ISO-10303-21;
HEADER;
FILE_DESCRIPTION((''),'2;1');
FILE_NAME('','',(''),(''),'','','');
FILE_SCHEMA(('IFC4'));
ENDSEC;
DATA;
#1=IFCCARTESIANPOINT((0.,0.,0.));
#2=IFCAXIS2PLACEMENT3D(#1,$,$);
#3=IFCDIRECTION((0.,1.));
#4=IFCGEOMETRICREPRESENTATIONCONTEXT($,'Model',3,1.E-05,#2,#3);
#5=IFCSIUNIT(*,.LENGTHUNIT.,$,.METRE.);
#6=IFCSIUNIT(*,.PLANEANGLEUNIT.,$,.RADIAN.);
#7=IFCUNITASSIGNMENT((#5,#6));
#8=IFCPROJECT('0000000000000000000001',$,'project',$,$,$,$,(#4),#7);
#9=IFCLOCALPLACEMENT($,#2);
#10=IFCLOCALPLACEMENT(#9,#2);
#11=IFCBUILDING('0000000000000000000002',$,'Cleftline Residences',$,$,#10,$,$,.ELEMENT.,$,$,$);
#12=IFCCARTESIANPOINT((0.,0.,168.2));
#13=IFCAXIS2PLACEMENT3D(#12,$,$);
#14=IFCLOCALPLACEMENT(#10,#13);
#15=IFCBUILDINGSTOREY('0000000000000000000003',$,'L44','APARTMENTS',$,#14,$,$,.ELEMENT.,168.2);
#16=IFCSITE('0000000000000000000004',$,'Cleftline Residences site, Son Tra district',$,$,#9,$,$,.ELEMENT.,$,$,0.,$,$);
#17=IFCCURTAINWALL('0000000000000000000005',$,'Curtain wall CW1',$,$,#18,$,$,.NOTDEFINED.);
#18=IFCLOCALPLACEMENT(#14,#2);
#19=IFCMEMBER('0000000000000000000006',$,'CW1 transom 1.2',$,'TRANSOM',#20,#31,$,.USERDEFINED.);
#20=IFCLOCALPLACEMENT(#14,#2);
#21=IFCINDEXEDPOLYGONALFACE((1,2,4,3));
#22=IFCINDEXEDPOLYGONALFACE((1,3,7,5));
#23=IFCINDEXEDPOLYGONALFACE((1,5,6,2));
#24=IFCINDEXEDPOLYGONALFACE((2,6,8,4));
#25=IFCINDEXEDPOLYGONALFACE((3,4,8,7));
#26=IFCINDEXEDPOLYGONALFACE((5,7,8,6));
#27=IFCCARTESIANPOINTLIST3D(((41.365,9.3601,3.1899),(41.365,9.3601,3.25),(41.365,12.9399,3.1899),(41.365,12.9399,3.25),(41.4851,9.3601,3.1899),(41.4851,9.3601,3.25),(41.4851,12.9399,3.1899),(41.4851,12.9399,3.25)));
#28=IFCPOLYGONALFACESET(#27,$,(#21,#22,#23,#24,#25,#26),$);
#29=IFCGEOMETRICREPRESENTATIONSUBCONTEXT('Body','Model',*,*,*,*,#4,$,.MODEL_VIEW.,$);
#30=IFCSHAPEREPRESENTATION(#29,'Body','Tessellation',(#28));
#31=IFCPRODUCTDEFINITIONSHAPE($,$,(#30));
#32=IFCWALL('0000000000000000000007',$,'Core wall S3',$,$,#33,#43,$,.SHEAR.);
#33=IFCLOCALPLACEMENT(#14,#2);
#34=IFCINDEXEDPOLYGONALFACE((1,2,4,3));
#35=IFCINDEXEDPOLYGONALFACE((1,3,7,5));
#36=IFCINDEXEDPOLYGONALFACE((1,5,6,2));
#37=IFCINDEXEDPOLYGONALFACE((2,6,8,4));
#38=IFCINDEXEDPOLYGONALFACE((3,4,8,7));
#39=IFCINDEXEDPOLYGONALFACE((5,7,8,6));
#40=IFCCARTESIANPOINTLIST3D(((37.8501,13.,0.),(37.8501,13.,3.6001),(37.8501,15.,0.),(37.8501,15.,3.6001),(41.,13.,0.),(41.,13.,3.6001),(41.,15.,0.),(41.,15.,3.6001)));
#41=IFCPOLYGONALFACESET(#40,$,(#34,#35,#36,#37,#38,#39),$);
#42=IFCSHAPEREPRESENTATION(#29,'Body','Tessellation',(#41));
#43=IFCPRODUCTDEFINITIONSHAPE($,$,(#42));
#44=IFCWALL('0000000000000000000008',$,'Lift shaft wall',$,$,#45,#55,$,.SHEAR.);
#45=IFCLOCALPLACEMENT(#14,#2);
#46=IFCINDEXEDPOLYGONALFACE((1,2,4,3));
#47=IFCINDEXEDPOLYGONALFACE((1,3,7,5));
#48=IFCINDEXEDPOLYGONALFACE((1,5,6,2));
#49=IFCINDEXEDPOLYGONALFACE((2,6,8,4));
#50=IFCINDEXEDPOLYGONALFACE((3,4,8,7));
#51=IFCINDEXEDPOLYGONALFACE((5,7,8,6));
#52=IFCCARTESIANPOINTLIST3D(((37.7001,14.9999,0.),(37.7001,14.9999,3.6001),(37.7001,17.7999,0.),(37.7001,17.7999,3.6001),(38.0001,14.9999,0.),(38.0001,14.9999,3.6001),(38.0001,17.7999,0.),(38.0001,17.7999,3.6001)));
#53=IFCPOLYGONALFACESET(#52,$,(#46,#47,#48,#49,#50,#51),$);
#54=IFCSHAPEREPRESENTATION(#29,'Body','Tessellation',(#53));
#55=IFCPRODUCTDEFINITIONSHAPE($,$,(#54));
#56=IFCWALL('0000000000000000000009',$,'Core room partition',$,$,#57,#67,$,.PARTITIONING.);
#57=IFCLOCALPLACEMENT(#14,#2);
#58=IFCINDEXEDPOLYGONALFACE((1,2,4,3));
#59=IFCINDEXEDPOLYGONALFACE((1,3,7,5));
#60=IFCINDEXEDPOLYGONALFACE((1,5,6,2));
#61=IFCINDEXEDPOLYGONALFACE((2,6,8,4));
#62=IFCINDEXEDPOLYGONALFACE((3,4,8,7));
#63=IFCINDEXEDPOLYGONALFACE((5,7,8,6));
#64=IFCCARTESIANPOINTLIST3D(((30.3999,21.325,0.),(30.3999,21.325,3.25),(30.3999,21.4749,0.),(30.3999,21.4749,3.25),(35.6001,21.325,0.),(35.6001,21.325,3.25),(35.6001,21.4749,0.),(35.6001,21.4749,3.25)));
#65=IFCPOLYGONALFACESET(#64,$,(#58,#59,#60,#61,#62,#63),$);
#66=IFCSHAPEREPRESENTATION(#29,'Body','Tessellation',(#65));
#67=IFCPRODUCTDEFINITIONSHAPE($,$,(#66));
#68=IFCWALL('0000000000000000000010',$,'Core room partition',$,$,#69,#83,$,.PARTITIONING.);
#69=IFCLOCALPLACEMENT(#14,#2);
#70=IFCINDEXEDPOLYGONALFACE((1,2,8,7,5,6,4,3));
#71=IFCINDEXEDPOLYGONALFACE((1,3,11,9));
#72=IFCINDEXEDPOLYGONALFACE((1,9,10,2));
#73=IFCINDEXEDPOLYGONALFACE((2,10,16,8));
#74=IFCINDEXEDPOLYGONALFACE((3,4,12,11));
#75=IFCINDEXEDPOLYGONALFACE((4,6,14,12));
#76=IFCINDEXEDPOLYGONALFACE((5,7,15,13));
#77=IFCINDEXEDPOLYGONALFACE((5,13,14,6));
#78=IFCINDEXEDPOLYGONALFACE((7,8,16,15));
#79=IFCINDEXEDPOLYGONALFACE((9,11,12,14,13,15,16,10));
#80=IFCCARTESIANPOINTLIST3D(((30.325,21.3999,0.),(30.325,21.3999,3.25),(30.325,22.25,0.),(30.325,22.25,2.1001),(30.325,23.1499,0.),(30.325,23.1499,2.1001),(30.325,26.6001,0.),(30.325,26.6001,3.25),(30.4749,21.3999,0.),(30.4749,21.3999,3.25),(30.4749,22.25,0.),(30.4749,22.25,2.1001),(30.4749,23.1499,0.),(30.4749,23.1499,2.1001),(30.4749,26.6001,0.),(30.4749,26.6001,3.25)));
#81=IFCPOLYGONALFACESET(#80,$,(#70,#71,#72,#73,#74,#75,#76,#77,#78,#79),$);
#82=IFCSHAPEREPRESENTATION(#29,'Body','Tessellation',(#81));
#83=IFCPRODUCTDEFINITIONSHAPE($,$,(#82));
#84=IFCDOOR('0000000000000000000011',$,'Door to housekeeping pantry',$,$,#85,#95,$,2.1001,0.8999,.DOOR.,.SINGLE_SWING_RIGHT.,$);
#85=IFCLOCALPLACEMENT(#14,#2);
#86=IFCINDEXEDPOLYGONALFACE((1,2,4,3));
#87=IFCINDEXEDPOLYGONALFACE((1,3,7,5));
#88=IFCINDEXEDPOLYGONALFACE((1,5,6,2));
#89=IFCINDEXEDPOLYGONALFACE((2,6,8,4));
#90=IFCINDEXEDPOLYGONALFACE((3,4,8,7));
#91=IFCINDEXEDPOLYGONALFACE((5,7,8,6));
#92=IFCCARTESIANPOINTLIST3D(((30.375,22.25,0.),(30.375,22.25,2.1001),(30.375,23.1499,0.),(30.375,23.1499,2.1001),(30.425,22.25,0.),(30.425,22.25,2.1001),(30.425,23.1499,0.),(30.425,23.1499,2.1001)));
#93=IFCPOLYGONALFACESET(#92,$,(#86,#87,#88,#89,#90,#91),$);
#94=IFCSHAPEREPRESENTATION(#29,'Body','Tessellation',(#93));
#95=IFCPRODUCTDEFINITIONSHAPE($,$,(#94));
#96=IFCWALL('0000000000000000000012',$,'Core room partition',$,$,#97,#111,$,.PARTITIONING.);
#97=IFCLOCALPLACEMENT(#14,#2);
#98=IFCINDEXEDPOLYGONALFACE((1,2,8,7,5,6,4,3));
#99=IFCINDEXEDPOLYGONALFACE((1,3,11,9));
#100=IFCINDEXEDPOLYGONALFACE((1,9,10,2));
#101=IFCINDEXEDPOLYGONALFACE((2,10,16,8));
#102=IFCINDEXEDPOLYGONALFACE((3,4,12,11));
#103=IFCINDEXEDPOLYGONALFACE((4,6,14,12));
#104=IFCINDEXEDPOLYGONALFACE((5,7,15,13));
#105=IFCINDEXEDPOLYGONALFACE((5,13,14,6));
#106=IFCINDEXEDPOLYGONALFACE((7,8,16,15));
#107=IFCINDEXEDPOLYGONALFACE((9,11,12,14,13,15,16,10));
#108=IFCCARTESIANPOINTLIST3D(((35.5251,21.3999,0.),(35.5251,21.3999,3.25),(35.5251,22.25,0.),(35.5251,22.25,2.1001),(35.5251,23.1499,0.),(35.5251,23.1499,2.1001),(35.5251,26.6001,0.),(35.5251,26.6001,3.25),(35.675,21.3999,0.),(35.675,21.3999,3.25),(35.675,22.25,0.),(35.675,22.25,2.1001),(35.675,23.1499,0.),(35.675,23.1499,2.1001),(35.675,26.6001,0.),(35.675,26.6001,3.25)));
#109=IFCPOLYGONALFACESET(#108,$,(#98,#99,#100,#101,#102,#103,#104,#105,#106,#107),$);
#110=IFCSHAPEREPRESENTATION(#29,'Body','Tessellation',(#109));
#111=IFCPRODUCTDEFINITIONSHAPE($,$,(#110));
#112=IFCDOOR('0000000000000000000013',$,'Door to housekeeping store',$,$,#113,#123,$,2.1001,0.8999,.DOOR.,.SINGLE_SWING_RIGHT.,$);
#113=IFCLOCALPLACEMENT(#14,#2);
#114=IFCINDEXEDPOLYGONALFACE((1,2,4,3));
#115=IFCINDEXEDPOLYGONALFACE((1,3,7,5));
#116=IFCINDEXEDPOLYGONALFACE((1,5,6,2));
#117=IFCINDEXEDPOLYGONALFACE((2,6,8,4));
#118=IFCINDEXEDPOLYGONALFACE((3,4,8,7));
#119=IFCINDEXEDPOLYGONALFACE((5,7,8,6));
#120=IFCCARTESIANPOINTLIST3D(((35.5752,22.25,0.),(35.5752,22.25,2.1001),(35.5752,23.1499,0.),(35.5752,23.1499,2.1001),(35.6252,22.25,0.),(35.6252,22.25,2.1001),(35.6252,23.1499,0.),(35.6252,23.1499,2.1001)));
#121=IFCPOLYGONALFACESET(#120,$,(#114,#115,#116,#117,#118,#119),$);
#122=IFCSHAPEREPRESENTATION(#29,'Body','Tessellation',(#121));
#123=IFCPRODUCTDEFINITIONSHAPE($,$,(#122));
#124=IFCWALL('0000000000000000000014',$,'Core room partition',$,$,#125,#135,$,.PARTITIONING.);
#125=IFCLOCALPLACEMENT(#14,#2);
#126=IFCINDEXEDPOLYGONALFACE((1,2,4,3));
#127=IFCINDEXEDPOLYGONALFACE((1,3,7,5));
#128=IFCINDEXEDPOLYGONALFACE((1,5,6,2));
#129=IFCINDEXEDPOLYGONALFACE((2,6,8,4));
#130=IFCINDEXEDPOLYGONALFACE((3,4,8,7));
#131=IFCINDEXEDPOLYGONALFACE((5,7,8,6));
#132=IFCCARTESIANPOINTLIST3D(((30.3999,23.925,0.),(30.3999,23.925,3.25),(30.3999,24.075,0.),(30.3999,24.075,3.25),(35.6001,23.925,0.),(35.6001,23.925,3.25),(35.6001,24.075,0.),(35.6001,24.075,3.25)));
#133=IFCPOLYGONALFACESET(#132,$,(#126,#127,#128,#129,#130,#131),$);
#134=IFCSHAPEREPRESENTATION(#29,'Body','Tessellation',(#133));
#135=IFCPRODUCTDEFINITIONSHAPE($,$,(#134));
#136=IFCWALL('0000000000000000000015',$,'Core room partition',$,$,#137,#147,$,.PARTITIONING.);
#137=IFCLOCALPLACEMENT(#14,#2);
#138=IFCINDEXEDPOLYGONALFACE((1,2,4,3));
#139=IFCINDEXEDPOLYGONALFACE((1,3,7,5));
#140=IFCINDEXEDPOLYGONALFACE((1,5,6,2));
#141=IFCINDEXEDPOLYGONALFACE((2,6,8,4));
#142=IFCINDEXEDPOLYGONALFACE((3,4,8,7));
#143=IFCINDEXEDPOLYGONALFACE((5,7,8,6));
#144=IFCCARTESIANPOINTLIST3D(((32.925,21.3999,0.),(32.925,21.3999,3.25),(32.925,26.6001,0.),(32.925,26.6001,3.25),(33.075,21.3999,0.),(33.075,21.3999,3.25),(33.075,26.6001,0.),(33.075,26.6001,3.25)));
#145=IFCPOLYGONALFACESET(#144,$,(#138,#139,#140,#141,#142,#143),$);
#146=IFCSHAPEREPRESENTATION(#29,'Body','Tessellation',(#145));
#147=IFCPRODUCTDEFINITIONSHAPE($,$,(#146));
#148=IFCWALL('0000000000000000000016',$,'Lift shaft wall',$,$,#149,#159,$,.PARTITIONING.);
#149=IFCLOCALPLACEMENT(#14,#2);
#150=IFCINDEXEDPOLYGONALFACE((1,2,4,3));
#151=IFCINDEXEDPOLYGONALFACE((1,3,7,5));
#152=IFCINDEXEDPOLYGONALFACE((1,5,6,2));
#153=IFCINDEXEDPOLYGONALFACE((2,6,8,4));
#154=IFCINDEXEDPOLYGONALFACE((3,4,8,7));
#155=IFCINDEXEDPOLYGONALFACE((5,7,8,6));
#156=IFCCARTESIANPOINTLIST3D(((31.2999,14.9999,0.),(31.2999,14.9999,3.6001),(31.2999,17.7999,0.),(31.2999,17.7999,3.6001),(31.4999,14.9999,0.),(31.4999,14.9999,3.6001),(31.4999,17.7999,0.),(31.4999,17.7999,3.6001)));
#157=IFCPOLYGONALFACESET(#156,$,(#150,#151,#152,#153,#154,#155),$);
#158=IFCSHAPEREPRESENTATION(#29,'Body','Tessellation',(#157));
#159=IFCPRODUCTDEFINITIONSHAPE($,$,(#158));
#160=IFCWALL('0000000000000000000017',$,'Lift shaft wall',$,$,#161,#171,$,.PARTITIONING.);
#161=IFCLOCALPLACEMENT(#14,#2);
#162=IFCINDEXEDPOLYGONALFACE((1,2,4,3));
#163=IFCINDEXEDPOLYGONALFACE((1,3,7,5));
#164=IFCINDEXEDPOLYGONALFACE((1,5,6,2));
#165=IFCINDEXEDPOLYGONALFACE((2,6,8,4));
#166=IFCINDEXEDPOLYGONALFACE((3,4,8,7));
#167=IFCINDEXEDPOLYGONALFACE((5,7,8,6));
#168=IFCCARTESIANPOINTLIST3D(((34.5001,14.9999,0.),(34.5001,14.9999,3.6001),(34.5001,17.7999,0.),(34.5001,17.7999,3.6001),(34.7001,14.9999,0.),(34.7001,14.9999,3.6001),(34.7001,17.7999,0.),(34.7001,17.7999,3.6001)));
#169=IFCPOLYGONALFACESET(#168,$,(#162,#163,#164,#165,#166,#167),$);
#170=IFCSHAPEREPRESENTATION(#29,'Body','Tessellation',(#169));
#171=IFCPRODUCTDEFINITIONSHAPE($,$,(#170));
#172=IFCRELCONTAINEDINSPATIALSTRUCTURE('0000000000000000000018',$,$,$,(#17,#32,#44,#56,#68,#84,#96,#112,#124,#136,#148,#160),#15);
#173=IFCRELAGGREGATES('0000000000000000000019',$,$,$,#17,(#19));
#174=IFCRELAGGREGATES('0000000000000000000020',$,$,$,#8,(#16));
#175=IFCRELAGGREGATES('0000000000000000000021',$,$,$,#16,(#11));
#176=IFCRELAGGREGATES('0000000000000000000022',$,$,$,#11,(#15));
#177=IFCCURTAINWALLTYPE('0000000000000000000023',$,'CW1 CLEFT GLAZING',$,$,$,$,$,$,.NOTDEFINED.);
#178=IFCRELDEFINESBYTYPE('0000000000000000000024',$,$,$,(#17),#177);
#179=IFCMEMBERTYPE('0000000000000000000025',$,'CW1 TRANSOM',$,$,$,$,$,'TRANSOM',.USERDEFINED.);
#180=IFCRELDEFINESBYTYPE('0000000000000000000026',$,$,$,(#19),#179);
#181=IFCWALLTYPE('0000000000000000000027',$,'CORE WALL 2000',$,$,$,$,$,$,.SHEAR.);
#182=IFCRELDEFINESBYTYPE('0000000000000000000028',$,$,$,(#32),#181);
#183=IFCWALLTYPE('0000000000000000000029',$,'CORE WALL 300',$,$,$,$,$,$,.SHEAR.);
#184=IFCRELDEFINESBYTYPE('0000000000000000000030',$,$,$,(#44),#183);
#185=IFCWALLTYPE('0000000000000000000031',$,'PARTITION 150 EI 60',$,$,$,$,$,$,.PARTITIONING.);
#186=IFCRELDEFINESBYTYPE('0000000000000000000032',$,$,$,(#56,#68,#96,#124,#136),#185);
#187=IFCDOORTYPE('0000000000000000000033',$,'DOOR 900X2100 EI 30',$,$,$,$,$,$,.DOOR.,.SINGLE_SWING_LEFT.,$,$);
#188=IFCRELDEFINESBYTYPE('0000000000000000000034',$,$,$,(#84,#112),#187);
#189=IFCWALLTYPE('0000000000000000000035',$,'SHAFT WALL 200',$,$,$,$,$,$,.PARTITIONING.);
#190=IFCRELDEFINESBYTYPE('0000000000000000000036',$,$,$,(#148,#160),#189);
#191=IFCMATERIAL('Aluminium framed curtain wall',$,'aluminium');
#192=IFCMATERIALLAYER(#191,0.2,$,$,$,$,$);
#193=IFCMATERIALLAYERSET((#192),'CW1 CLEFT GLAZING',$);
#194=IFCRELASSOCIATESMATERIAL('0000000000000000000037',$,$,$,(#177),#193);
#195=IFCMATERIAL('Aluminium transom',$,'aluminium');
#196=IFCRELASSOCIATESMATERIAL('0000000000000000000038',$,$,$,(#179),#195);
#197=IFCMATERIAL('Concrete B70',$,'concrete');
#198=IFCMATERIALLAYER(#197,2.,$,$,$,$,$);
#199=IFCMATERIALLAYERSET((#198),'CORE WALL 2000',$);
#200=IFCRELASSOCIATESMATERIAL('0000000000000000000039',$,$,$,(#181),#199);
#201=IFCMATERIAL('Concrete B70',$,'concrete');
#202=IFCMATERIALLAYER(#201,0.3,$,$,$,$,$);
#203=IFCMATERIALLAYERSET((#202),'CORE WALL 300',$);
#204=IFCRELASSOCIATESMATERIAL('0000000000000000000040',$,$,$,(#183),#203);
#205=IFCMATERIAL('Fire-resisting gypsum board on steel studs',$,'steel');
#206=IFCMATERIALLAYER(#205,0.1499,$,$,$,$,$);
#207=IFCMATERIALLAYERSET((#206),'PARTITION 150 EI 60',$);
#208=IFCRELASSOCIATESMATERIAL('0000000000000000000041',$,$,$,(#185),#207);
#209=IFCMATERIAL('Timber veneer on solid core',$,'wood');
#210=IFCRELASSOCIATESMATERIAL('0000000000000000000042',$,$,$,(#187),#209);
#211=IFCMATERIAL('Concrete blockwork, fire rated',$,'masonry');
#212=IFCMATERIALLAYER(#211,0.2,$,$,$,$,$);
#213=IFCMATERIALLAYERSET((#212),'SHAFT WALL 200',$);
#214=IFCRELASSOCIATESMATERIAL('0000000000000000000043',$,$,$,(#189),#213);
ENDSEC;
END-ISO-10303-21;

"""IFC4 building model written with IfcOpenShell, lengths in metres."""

from ifc_helpers import new_model, si_unit, direction, frame, frame_2d, origin, origin_2d, place, context, subcontext, project, spatial, rectangle, extrude, material, layer, layer_set, material_profile, profile_set, type_object, element, fill, aggregate, save


model = new_model("IFC4")

# Units and contexts
model_context = context("Model", 3, precision=1e-05, world=origin(), true_north=direction((0.0, 1.0)))
body_context = subcontext(model_context, "Body", "Model", "MODEL_VIEW")
ifc_project = project(units=[si_unit("LENGTHUNIT", "METRE"), si_unit("PLANEANGLEUNIT", "RADIAN")], contexts=[model_context])

# Site, building, storey
site_placement = place(None, origin())
site = spatial("IfcSite", under=ifc_project, at=site_placement, Name="Cleftline Residences site, Son Tra district", CompositionType="ELEMENT", RefElevation=0.0)
building_placement = place(site_placement, origin())
building = spatial("IfcBuilding", under=site, at=building_placement, Name="Cleftline Residences", CompositionType="ELEMENT")
storey_placement = place(building_placement, frame((0.0, 0.0, 168.2)))
storey = spatial("IfcBuildingStorey", under=building, at=storey_placement, Name="L44", Description="APARTMENTS", CompositionType="ELEMENT", Elevation=168.2)

# Curtain wall, member
ifc_material_1 = material(Name="Aluminium framed curtain wall", Category="aluminium")
ifc_layer_1 = layer(ifc_material_1, 0.2)
ifc_layer_set_1 = layer_set([ifc_layer_1], Name="CW1 CLEFT GLAZING")
curtain_wall_type = type_object("IfcCurtainWallType", Name="CW1 CLEFT GLAZING", PredefinedType="NOTDEFINED", material=ifc_layer_set_1)
curtain_wall_placement = place(storey_placement, origin())
curtain_wall = element("IfcCurtainWall", 1, at=curtain_wall_placement, inside=storey, type_object=curtain_wall_type, Name="Curtain wall CW1", PredefinedType="NOTDEFINED")
ifc_material_2 = material(Name="Aluminium transom", Category="aluminium")
ifc_material_profile = material_profile(ifc_material_2, rectangle(XDim=0.1201, YDim=0.0601, at=origin_2d()))
ifc_profile_set = profile_set([ifc_material_profile], Name="Aluminium transom")
member_type = type_object("IfcMemberType", Name="CW1 TRANSOM", ElementType="TRANSOM", PredefinedType="USERDEFINED", material=ifc_profile_set)
member_placement = place(storey_placement, frame((41.425, 12.9399, 3.22), z_axis=(0.0, -1.0, 0.0), x_axis=(1.0, 0.0, 0.0)))
member = element("IfcMember", 2, at=member_placement, type_object=member_type, Name="CW1 transom 1.2", ObjectType="TRANSOM", PredefinedType="USERDEFINED", context=body_context, shape_type="SweptSolid", body=[
    extrude(rectangle(XDim=0.1201, YDim=0.0601, at=origin_2d()), origin(), (0.0, 0.0, 1.0), 3.5798),
])
aggregate(curtain_wall, [member])

# Walls
ifc_material_3 = material(Name="Concrete B70", Category="concrete")
ifc_layer_2 = layer(ifc_material_3, 2.0)
ifc_layer_set_2 = layer_set([ifc_layer_2], Name="CORE WALL 2000")
wall_type_1 = type_object("IfcWallType", Name="CORE WALL 2000", PredefinedType="SHEAR", material=ifc_layer_set_2)
wall_1_placement = place(storey_placement, frame((37.8501, 14.0, 0.0), z_axis=(0.0, 0.0, 1.0), x_axis=(1.0, 0.0, 0.0)))
element("IfcWall", 3, at=wall_1_placement, inside=storey, type_object=wall_type_1, Name="Core wall S3", PredefinedType="SHEAR", context=body_context, shape_type="SweptSolid", body=[
    extrude(rectangle(XDim=3.1499, YDim=2.0, at=frame_2d((1.575, 0.0))), origin(), (0.0, 0.0, 1.0), 3.6001),
])
ifc_material_4 = material(Name="Concrete B70", Category="concrete")
ifc_layer_3 = layer(ifc_material_4, 0.3)
ifc_layer_set_3 = layer_set([ifc_layer_3], Name="CORE WALL 300")
wall_type_2 = type_object("IfcWallType", Name="CORE WALL 300", PredefinedType="SHEAR", material=ifc_layer_set_3)
wall_2_placement = place(storey_placement, frame((37.8501, 15.0, 0.0), z_axis=(0.0, 0.0, 1.0), x_axis=(0.0, 1.0, 0.0)))
element("IfcWall", 4, at=wall_2_placement, inside=storey, type_object=wall_type_2, Name="Lift shaft wall", PredefinedType="SHEAR", context=body_context, shape_type="SweptSolid", body=[
    extrude(rectangle(XDim=2.8, YDim=0.3, at=frame_2d((1.3999, 0.0))), origin(), (0.0, 0.0, 1.0), 3.6001),
])
ifc_material_5 = material(Name="Fire-resisting gypsum board on steel studs", Category="steel")
ifc_layer_4 = layer(ifc_material_5, 0.1499)
ifc_layer_set_4 = layer_set([ifc_layer_4], Name="PARTITION 150 EI 60")
wall_type_3 = type_object("IfcWallType", Name="PARTITION 150 EI 60", PredefinedType="PARTITIONING", material=ifc_layer_set_4)
wall_3_placement = place(storey_placement, frame((30.3999, 21.3999, 0.0), z_axis=(0.0, 0.0, 1.0), x_axis=(1.0, 0.0, 0.0)))
element("IfcWall", 5, at=wall_3_placement, inside=storey, type_object=wall_type_3, Name="Core room partition", PredefinedType="PARTITIONING", context=body_context, shape_type="SweptSolid", body=[
    extrude(rectangle(XDim=5.2002, YDim=0.1499, at=frame_2d((2.6001, 0.0))), origin(), (0.0, 0.0, 1.0), 3.25),
])

# Walls, openings, doors
wall_4_placement = place(storey_placement, frame((30.3999, 21.3999, 0.0), z_axis=(0.0, 0.0, 1.0), x_axis=(0.0, 1.0, 0.0)))
wall_4 = element("IfcWall", 6, at=wall_4_placement, inside=storey, type_object=wall_type_3, Name="Core room partition", PredefinedType="PARTITIONING", context=body_context, shape_type="SweptSolid", body=[
    extrude(rectangle(XDim=5.2002, YDim=0.1499, at=frame_2d((2.6001, 0.0))), origin(), (0.0, 0.0, 1.0), 3.25),
])
opening_1_placement = place(wall_4_placement, frame((0.8501, 0.0, 0.0)))
opening_1 = element("IfcOpeningElement", 7, at=opening_1_placement, cuts=wall_4, PredefinedType="OPENING", context=body_context, shape_type="SweptSolid", body=[
    extrude(rectangle(XDim=0.8999, YDim=2.1001, at=frame_2d((0.45, 1.05))), frame((0.0, 0.085, 0.0), z_axis=(0.0, -1.0, 0.0), x_axis=(1.0, 0.0, 0.0)), (0.0, 0.0, 1.0), 0.1699),
])
ifc_material_6 = material(Name="Timber veneer on solid core", Category="wood")
door_type_1 = type_object("IfcDoorType", Name="DOOR 900X2100 EI 30", OperationType="SINGLE_SWING_LEFT", PredefinedType="DOOR", material=ifc_material_6)
door_1_placement = place(opening_1_placement, origin())
door_1 = element("IfcDoor", 8, at=door_1_placement, inside=storey, type_object=door_type_1, Name="Door to housekeeping pantry", OperationType="SINGLE_SWING_RIGHT", OverallHeight=2.1001, OverallWidth=0.8999, PredefinedType="DOOR", context=body_context, shape_type="SweptSolid", body=[
    extrude(rectangle(XDim=0.8999, YDim=2.1001, at=frame_2d((0.45, 1.05))), frame((0.0, 0.0249, 0.0), z_axis=(0.0, -1.0, 0.0), x_axis=(1.0, 0.0, 0.0)), (0.0, 0.0, 1.0), 0.05),
])
fill(opening_1, door_1)
wall_5_placement = place(storey_placement, frame((35.6001, 21.3999, 0.0), z_axis=(0.0, 0.0, 1.0), x_axis=(0.0, 1.0, 0.0)))
wall_5 = element("IfcWall", 9, at=wall_5_placement, inside=storey, type_object=wall_type_3, Name="Core room partition", PredefinedType="PARTITIONING", context=body_context, shape_type="SweptSolid", body=[
    extrude(rectangle(XDim=5.2002, YDim=0.1499, at=frame_2d((2.6001, 0.0))), origin(), (0.0, 0.0, 1.0), 3.25),
])
opening_2_placement = place(wall_5_placement, frame((0.8501, 0.0, 0.0)))
opening_2 = element("IfcOpeningElement", 10, at=opening_2_placement, cuts=wall_5, PredefinedType="OPENING", context=body_context, shape_type="SweptSolid", body=[
    extrude(rectangle(XDim=0.8999, YDim=2.1001, at=frame_2d((0.45, 1.05))), frame((0.0, 0.085, 0.0), z_axis=(0.0, -1.0, 0.0), x_axis=(1.0, 0.0, 0.0)), (0.0, 0.0, 1.0), 0.1699),
])
door_2_placement = place(opening_2_placement, origin())
door_2 = element("IfcDoor", 11, at=door_2_placement, inside=storey, type_object=door_type_1, Name="Door to housekeeping store", OperationType="SINGLE_SWING_RIGHT", OverallHeight=2.1001, OverallWidth=0.8999, PredefinedType="DOOR", context=body_context, shape_type="SweptSolid", body=[
    extrude(rectangle(XDim=0.8999, YDim=2.1001, at=frame_2d((0.45, 1.05))), frame((0.0, 0.0249, 0.0), z_axis=(0.0, -1.0, 0.0), x_axis=(1.0, 0.0, 0.0)), (0.0, 0.0, 1.0), 0.05),
])
fill(opening_2, door_2)

# Walls
for number, where, z_axis, x_axis, name in (
    (12, (30.3999, 24.0, 0.0), (0.0, 0.0, 1.0), (1.0, 0.0, 0.0), "Core room partition"),
    (13, (33.0, 21.3999, 0.0), (0.0, 0.0, 1.0), (0.0, 1.0, 0.0), "Core room partition"),
):
    element("IfcWall", number, at=place(storey_placement, frame(where, z_axis=z_axis, x_axis=x_axis)), inside=storey, type_object=wall_type_3, Name=name, PredefinedType="PARTITIONING", context=body_context, shape_type="SweptSolid", body=[
        extrude(rectangle(XDim=5.2002, YDim=0.1499, at=frame_2d((2.6001, 0.0))), origin(), (0.0, 0.0, 1.0), 3.25),
    ])
ifc_material_7 = material(Name="Concrete blockwork, fire rated", Category="masonry")
ifc_layer_5 = layer(ifc_material_7, 0.2)
ifc_layer_set_5 = layer_set([ifc_layer_5], Name="SHAFT WALL 200")
wall_type_4 = type_object("IfcWallType", Name="SHAFT WALL 200", PredefinedType="PARTITIONING", material=ifc_layer_set_5)
for number, where, z_axis, x_axis, name in (
    (14, (31.3999, 15.0, 0.0), (0.0, 0.0, 1.0), (0.0, 1.0, 0.0), "Lift shaft wall"),
    (15, (34.6001, 15.0, 0.0), (0.0, 0.0, 1.0), (0.0, 1.0, 0.0), "Lift shaft wall"),
):
    element("IfcWall", number, at=place(storey_placement, frame(where, z_axis=z_axis, x_axis=x_axis)), inside=storey, type_object=wall_type_4, Name=name, PredefinedType="PARTITIONING", context=body_context, shape_type="SweptSolid", body=[
        extrude(rectangle(XDim=2.8, YDim=0.2, at=frame_2d((1.3999, 0.0))), origin(), (0.0, 0.0, 1.0), 3.6001),
    ])

save(model, "model.ifc")
